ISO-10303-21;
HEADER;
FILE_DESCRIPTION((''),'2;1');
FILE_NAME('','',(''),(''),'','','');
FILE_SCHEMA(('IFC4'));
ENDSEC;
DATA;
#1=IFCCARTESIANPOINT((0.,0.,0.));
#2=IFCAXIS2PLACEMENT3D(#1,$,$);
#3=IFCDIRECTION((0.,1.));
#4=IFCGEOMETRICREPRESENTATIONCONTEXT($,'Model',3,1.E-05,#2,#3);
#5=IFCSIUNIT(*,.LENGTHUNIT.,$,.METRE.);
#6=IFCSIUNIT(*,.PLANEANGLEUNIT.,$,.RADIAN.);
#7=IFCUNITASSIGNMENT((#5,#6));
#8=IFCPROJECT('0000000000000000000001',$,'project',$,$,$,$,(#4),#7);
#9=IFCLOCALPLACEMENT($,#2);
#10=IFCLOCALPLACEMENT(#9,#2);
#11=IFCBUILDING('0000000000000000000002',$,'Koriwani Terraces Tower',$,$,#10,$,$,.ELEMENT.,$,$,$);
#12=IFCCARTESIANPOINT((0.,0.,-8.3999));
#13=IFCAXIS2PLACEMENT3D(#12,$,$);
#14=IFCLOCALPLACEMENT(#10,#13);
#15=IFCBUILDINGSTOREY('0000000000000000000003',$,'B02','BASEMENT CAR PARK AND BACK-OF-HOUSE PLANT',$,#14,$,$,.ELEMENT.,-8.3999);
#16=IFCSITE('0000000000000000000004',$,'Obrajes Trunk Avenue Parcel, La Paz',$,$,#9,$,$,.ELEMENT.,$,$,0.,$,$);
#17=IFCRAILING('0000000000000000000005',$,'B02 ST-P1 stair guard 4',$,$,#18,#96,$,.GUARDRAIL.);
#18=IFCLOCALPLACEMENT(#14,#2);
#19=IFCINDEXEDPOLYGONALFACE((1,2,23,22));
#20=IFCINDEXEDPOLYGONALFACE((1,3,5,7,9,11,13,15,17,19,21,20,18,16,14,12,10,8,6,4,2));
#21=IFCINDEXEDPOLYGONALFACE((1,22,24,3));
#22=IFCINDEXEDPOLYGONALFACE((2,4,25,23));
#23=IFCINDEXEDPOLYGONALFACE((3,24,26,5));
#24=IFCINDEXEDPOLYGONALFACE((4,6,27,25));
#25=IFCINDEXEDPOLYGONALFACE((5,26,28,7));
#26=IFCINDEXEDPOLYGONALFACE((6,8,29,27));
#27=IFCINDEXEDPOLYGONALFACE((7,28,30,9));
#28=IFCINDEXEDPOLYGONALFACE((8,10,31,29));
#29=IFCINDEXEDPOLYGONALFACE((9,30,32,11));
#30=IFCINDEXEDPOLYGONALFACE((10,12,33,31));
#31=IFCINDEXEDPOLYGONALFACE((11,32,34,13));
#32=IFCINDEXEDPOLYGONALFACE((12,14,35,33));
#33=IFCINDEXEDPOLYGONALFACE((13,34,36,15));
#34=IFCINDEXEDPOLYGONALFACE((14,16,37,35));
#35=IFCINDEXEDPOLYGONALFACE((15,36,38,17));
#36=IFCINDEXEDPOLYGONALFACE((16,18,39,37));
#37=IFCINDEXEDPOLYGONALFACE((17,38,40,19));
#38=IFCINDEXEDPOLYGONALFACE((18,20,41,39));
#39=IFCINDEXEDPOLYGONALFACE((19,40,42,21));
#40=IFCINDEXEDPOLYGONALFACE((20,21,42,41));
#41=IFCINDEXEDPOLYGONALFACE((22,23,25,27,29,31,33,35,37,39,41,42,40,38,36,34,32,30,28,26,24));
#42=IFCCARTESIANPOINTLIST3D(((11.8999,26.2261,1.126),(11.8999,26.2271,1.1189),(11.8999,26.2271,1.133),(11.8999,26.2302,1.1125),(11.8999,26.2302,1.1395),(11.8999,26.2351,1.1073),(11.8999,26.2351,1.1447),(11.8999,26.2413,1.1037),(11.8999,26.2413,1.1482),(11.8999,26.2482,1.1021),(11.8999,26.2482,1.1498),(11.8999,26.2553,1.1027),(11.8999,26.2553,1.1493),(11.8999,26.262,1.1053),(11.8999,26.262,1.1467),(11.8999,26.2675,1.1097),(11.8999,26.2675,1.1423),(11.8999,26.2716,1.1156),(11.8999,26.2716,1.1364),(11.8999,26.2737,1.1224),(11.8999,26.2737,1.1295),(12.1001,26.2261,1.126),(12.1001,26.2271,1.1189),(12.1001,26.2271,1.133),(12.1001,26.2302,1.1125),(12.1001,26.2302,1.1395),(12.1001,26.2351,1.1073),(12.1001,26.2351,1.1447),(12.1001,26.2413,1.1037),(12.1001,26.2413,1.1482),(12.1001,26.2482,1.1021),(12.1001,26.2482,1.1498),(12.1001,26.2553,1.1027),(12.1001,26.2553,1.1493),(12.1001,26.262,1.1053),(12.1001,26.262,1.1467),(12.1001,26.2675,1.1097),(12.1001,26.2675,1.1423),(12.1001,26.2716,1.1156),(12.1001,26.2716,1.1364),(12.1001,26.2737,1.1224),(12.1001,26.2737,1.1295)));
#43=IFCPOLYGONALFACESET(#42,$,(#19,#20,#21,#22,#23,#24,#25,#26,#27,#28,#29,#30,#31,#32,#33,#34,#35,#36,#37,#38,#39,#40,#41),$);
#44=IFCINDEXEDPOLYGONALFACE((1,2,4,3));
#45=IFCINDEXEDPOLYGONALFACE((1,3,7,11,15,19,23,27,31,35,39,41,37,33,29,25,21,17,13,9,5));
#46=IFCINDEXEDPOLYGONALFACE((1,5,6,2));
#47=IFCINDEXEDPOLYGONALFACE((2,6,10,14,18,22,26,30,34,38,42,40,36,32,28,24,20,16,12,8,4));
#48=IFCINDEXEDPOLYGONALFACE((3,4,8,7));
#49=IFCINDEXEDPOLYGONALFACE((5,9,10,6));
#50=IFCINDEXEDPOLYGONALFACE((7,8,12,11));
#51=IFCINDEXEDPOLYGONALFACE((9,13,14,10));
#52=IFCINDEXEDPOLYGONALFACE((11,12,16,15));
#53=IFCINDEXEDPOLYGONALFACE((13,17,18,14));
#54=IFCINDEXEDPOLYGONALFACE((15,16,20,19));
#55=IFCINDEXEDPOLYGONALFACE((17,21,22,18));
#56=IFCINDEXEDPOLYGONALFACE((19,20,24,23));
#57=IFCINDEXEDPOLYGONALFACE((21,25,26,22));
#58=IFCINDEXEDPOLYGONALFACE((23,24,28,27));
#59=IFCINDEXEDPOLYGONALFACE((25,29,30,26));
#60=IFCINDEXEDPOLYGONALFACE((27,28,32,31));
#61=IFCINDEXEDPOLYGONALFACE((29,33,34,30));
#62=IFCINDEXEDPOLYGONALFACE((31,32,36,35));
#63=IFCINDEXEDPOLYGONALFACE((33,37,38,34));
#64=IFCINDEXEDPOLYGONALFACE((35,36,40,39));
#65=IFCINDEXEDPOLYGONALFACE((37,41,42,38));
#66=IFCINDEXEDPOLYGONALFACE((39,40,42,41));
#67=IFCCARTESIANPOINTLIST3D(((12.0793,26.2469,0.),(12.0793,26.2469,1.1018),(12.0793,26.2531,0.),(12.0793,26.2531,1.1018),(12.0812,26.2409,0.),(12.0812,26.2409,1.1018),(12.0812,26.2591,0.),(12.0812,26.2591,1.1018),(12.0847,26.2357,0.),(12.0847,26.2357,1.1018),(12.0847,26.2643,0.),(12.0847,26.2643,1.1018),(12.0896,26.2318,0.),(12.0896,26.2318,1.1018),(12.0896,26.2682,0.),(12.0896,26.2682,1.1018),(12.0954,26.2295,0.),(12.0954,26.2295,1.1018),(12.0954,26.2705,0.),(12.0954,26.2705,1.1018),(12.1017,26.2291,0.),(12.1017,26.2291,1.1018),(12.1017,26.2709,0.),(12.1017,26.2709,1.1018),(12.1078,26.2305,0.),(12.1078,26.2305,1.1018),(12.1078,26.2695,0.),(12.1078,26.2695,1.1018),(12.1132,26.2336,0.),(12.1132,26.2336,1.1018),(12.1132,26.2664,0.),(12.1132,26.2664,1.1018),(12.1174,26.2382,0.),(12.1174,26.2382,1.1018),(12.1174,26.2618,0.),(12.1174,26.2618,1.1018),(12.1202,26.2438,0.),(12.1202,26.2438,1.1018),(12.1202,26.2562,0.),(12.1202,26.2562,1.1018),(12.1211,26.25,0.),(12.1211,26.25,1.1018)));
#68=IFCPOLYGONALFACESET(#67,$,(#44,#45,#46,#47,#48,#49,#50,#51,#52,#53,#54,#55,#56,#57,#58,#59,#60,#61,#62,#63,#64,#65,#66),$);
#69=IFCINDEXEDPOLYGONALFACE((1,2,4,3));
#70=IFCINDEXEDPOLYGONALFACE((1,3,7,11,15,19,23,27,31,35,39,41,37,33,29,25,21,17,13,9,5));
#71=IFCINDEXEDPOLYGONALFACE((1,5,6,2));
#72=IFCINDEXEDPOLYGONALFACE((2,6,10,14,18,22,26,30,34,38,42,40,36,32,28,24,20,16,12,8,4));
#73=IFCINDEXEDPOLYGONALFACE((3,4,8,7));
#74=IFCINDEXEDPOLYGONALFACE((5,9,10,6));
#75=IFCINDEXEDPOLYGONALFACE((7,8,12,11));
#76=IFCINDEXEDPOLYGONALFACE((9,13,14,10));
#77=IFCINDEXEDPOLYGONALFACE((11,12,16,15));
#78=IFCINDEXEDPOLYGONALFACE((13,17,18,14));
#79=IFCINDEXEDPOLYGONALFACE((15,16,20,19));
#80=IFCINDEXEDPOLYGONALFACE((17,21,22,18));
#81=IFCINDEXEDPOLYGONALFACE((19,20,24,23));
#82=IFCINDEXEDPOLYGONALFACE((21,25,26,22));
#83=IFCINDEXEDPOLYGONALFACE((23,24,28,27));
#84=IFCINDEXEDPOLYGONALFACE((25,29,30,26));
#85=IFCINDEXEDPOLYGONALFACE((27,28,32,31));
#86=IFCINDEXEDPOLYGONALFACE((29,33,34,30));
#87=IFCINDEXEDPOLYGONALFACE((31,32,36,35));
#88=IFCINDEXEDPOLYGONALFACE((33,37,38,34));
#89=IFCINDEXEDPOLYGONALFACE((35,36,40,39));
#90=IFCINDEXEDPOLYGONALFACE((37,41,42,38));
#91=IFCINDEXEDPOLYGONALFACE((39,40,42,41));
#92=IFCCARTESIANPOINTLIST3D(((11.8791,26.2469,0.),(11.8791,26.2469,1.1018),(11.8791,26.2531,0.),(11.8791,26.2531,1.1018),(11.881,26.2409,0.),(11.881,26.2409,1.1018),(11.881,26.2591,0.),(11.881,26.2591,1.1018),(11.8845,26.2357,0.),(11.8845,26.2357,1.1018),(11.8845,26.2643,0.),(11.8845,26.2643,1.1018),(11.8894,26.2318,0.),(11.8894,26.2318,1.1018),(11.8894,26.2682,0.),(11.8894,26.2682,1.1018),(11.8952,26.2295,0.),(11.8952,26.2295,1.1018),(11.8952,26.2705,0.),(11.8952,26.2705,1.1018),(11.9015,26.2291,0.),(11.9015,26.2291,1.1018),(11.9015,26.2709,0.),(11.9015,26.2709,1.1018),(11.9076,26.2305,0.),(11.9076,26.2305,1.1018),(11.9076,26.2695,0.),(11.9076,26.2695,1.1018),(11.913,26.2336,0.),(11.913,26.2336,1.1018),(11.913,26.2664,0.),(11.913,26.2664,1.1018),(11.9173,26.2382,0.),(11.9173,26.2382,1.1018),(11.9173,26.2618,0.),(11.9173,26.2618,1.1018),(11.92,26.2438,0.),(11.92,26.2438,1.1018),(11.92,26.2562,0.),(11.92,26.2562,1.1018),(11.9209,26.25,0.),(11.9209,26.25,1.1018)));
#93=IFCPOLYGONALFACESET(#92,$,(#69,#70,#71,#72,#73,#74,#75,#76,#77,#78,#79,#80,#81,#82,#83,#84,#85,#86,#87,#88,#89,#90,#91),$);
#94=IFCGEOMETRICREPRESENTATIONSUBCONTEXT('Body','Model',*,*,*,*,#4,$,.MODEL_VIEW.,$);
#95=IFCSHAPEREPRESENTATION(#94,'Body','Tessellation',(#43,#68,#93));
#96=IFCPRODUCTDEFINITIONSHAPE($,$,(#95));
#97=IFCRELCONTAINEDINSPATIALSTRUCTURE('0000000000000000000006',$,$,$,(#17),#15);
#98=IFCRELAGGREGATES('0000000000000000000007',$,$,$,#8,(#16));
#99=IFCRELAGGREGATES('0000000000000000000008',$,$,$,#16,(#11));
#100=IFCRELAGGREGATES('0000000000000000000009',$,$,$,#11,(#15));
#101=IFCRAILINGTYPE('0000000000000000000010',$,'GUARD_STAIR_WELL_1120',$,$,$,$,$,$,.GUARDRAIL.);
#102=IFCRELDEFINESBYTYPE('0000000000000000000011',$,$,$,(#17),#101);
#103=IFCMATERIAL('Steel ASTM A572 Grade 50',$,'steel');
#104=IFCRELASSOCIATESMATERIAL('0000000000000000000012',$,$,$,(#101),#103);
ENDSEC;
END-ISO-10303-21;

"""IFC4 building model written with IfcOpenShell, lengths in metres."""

from ifc_helpers import new_model, si_unit, direction, frame, origin, origin_2d, place, context, subcontext, project, spatial, circle, extrude, material, type_object, element, save


model = new_model("IFC4")

# Units and contexts
model_context = context("Model", 3, precision=1e-05, world=origin(), true_north=direction((0.0, 1.0)))
body_context = subcontext(model_context, "Body", "Model", "MODEL_VIEW")
ifc_project = project(units=[si_unit("LENGTHUNIT", "METRE"), si_unit("PLANEANGLEUNIT", "RADIAN")], contexts=[model_context])

# Site, building, storey
site_placement = place(None, origin())
site = spatial("IfcSite", under=ifc_project, at=site_placement, Name="Obrajes Trunk Avenue Parcel, La Paz", CompositionType="ELEMENT", RefElevation=0.0)
building_placement = place(site_placement, origin())
building = spatial("IfcBuilding", under=site, at=building_placement, Name="Koriwani Terraces Tower", CompositionType="ELEMENT")
storey_placement = place(building_placement, frame((0.0, 0.0, -8.3999)))
storey = spatial("IfcBuildingStorey", under=building, at=storey_placement, Name="B02", Description="BASEMENT CAR PARK AND BACK-OF-HOUSE PLANT", CompositionType="ELEMENT", Elevation=-8.3999)

# Shared definitions
ifc_material_1 = material(Name="Steel ASTM A572 Grade 50", Category="steel")

# Railing
railing_type_1 = type_object("IfcRailingType", Name="GUARD_STAIR_WELL_1120", PredefinedType="GUARDRAIL", material=ifc_material_1)
railing_1_placement = place(storey_placement, frame((12.1001, 26.25, 0.0)))
element("IfcRailing", 1, at=railing_1_placement, inside=storey, type_object=railing_type_1, Name="B02 ST-P1 stair guard 4", PredefinedType="GUARDRAIL", context=body_context, shape_type="SweptSolid", body=[
    extrude(circle(Radius=0.0239, at=origin_2d()), frame((0.0, 0.0, 1.126), z_axis=(-1.0, 0.0, 0.0), x_axis=(0.0, -1.0, 0.0)), (0.0, 0.0, 1.0), 0.2002),
    extrude(circle(Radius=0.021, at=origin_2d()), origin(), (0.0, 0.0, 1.0), 1.1018),
    extrude(circle(Radius=0.021, at=origin_2d()), frame((-0.2002, 0.0, 0.0)), (0.0, 0.0, 1.0), 1.1018),
])

save(model, "model.ifc")
